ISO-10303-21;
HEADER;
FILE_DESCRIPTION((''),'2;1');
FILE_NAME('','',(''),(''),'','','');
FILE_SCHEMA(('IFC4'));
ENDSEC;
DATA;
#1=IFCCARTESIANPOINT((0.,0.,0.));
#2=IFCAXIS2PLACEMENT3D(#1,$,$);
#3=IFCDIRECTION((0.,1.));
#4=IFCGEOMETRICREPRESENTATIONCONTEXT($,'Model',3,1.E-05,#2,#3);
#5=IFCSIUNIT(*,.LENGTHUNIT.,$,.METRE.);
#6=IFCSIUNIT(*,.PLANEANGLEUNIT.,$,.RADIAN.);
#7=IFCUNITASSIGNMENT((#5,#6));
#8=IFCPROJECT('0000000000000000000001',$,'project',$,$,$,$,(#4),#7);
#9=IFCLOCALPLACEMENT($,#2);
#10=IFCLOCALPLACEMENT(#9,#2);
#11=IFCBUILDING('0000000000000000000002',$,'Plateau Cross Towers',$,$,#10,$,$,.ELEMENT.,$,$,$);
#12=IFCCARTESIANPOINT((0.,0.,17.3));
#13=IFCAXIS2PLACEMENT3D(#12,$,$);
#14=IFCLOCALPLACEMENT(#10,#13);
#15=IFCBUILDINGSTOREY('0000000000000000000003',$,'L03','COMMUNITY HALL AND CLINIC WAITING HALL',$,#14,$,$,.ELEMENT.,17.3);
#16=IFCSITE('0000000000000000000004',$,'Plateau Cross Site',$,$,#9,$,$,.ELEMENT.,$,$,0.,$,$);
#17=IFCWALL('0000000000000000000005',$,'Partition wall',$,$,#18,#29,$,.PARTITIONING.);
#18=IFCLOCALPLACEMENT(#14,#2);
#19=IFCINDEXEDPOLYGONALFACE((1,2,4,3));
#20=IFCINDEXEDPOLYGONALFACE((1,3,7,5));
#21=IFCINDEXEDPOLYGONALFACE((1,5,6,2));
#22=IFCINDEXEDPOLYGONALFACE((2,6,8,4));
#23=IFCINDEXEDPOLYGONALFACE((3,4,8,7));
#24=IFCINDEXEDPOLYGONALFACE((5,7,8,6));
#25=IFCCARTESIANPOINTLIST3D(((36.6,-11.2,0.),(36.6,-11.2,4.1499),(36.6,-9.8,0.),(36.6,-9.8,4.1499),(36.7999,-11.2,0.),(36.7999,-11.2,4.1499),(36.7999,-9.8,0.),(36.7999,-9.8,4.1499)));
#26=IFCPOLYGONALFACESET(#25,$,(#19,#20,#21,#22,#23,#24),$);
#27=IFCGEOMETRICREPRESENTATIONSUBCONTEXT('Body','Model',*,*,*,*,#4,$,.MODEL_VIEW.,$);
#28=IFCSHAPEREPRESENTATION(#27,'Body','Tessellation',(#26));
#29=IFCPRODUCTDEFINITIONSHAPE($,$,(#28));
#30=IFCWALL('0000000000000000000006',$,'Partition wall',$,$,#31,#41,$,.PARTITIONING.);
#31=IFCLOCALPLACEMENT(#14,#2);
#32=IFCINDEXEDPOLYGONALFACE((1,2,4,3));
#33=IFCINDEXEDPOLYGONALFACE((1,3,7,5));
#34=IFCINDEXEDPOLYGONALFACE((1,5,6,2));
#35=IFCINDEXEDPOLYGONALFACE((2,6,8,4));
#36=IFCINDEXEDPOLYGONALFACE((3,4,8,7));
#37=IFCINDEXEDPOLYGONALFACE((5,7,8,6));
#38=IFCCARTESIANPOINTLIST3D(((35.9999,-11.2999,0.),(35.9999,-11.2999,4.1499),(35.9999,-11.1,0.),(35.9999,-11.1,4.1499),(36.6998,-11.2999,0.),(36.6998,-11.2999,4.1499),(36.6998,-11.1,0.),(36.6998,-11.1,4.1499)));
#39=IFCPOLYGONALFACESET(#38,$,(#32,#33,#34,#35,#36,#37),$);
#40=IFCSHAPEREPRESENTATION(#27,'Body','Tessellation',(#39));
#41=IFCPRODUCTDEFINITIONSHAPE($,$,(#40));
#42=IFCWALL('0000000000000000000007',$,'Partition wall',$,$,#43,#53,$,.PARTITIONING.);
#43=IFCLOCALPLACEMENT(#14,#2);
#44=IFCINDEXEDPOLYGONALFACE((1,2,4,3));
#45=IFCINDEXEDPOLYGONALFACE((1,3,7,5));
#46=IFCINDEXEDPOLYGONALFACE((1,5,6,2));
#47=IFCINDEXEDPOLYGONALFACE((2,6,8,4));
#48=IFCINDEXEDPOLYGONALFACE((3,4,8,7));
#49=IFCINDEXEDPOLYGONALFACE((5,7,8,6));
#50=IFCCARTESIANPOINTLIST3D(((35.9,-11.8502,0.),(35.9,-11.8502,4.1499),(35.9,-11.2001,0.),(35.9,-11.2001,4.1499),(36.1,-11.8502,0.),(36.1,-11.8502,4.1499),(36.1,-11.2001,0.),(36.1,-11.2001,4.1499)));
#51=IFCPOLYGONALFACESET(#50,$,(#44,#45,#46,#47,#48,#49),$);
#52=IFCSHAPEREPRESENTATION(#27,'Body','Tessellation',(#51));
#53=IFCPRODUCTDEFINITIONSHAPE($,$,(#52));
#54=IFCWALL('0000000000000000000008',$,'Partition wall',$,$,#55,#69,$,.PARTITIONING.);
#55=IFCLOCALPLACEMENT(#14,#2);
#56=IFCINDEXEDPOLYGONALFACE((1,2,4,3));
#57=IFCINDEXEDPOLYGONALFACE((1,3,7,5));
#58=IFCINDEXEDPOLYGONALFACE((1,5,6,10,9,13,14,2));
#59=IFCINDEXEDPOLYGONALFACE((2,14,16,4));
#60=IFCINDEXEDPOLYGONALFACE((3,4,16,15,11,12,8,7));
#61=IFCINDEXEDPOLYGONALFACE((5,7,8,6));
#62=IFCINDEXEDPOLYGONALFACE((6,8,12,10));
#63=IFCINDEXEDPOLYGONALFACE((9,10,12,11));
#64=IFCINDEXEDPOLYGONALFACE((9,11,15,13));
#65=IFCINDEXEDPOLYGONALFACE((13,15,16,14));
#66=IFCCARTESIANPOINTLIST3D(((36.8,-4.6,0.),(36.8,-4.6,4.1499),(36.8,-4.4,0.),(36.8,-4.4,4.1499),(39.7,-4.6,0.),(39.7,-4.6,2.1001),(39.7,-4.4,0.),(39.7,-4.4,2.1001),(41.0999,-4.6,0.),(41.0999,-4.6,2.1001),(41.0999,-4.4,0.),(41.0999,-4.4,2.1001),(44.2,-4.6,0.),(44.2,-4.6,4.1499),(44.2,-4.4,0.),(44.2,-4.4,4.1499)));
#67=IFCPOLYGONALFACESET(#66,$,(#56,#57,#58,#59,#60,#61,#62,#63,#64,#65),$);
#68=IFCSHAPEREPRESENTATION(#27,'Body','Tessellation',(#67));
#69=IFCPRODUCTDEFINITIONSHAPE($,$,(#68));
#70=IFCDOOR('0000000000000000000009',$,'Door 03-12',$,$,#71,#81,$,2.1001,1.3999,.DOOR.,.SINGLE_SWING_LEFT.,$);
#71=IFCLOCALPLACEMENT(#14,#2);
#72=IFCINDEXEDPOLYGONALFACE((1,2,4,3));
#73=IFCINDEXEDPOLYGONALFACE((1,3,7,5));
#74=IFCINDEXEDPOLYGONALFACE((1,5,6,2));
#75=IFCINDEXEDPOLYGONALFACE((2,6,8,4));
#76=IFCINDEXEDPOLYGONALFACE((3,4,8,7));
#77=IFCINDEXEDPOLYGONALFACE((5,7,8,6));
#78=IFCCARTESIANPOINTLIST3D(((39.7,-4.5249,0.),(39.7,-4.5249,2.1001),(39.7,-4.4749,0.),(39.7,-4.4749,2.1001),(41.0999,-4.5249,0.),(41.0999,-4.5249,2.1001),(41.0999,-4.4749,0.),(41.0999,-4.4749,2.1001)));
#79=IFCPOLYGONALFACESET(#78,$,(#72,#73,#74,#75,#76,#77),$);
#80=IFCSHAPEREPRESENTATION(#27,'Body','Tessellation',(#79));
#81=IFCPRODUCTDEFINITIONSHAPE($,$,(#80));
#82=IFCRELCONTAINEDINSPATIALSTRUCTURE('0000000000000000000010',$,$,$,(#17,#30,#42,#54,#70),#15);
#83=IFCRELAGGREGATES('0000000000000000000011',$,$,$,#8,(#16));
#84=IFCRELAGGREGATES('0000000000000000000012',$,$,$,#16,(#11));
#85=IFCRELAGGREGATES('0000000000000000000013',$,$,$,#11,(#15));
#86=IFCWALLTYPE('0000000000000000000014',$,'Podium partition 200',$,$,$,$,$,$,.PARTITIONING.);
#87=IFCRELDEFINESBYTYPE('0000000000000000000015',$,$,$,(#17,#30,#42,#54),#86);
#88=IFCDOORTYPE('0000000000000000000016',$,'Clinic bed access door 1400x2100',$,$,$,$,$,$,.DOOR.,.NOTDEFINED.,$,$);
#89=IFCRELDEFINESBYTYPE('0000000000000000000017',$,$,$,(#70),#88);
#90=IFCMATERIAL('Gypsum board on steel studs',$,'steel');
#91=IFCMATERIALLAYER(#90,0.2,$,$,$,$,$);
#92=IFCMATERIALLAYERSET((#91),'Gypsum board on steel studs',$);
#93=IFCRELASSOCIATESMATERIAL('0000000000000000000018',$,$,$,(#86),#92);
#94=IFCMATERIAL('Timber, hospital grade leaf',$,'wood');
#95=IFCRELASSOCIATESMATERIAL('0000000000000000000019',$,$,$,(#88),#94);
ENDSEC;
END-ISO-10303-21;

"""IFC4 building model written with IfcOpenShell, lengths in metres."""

from ifc_helpers import new_model, si_unit, direction, frame, frame_2d, origin, place, context, subcontext, project, spatial, rectangle, extrude, material, layer, layer_set, type_object, element, fill, save


model = new_model("IFC4")

# Units and contexts
model_context = context("Model", 3, precision=1e-05, world=origin(), true_north=direction((0.0, 1.0)))
body_context = subcontext(model_context, "Body", "Model", "MODEL_VIEW")
ifc_project = project(units=[si_unit("LENGTHUNIT", "METRE"), si_unit("PLANEANGLEUNIT", "RADIAN")], contexts=[model_context])

# Site, building, storey
site_placement = place(None, origin())
site = spatial("IfcSite", under=ifc_project, at=site_placement, Name="Plateau Cross Site", CompositionType="ELEMENT", RefElevation=0.0)
building_placement = place(site_placement, origin())
building = spatial("IfcBuilding", under=site, at=building_placement, Name="Plateau Cross Towers", CompositionType="ELEMENT")
storey_placement = place(building_placement, frame((0.0, 0.0, 17.3)))
storey = spatial("IfcBuildingStorey", under=building, at=storey_placement, Name="L03", Description="COMMUNITY HALL AND CLINIC WAITING HALL", CompositionType="ELEMENT", Elevation=17.3)

# Shared definitions
ifc_material_1 = material(Name="Gypsum board on steel studs", Category="steel")
ifc_layer_1 = layer(ifc_material_1, 0.2)
ifc_layer_set_1 = layer_set([ifc_layer_1], Name="Gypsum board on steel studs")
wall_type = type_object("IfcWallType", Name="Podium partition 200", PredefinedType="PARTITIONING", material=ifc_layer_set_1)

# Shared definitions
ifc_material_2 = material(Name="Timber, hospital grade leaf", Category="wood")
door_type = type_object("IfcDoorType", Name="Clinic bed access door 1400x2100", OperationType="NOTDEFINED", PredefinedType="DOOR", material=ifc_material_2)

# Walls
wall_1_placement = place(storey_placement, frame((36.7, -9.8, 0.0), z_axis=(0.0, 0.0, 1.0), x_axis=(0.0, -1.0, 0.0)))
element("IfcWall", 1, at=wall_1_placement, inside=storey, type_object=wall_type, Name="Partition wall", PredefinedType="PARTITIONING", context=body_context, shape_type="SweptSolid", body=[
    extrude(rectangle(XDim=1.3999, YDim=0.2, at=frame_2d((0.7, 0.0))), origin(), (0.0, 0.0, 1.0), 4.1499),
])
wall_2_placement = place(storey_placement, frame((36.7, -11.2, 0.0), z_axis=(0.0, 0.0, 1.0), x_axis=(-1.0, 0.0, 0.0)))
element("IfcWall", 2, at=wall_2_placement, inside=storey, type_object=wall_type, Name="Partition wall", PredefinedType="PARTITIONING", context=body_context, shape_type="SweptSolid", body=[
    extrude(rectangle(XDim=0.7, YDim=0.2, at=frame_2d((0.3501, 0.0))), origin(), (0.0, 0.0, 1.0), 4.1499),
])
wall_3_placement = place(storey_placement, frame((36.0, -11.2, 0.0), z_axis=(0.0, 0.0, 1.0), x_axis=(0.0, -1.0, 0.0)))
element("IfcWall", 3, at=wall_3_placement, inside=storey, type_object=wall_type, Name="Partition wall", PredefinedType="PARTITIONING", context=body_context, shape_type="SweptSolid", body=[
    extrude(rectangle(XDim=0.6501, YDim=0.2, at=frame_2d((0.3252, 0.0))), origin(), (0.0, 0.0, 1.0), 4.1499),
])

# Wall, opening, door
wall_4_placement = place(storey_placement, frame((44.2, -4.5, 0.0), z_axis=(0.0, 0.0, 1.0), x_axis=(-1.0, 0.0, 0.0)))
wall_4 = element("IfcWall", 4, at=wall_4_placement, inside=storey, type_object=wall_type, Name="Partition wall", PredefinedType="PARTITIONING", context=body_context, shape_type="SweptSolid", body=[
    extrude(rectangle(XDim=7.3999, YDim=0.2, at=frame_2d((3.7, 0.0))), origin(), (0.0, 0.0, 1.0), 4.1499),
])
opening_1_placement = place(wall_4_placement, frame((3.1001, 0.0, 0.0)))
opening_1 = element("IfcOpeningElement", 5, at=opening_1_placement, cuts=wall_4, PredefinedType="OPENING", context=body_context, shape_type="SweptSolid", body=[
    extrude(rectangle(XDim=1.3999, YDim=2.1001, at=frame_2d((0.7, 1.05))), frame((0.0, 0.1099, 0.0), z_axis=(0.0, -1.0, 0.0), x_axis=(1.0, 0.0, 0.0)), (0.0, 0.0, 1.0), 0.22),
])
door_1_placement = place(opening_1_placement, origin())
door_1 = element("IfcDoor", 6, at=door_1_placement, inside=storey, type_object=door_type, Name="Door 03-12", OperationType="SINGLE_SWING_LEFT", OverallHeight=2.1001, OverallWidth=1.3999, PredefinedType="DOOR", context=body_context, shape_type="SweptSolid", body=[
    extrude(rectangle(XDim=1.3999, YDim=2.1001, at=frame_2d((0.7, 1.05))), frame((0.0, 0.0249, 0.0), z_axis=(0.0, -1.0, 0.0), x_axis=(1.0, 0.0, 0.0)), (0.0, 0.0, 1.0), 0.05),
])
fill(opening_1, door_1)

save(model, "model.ifc")
